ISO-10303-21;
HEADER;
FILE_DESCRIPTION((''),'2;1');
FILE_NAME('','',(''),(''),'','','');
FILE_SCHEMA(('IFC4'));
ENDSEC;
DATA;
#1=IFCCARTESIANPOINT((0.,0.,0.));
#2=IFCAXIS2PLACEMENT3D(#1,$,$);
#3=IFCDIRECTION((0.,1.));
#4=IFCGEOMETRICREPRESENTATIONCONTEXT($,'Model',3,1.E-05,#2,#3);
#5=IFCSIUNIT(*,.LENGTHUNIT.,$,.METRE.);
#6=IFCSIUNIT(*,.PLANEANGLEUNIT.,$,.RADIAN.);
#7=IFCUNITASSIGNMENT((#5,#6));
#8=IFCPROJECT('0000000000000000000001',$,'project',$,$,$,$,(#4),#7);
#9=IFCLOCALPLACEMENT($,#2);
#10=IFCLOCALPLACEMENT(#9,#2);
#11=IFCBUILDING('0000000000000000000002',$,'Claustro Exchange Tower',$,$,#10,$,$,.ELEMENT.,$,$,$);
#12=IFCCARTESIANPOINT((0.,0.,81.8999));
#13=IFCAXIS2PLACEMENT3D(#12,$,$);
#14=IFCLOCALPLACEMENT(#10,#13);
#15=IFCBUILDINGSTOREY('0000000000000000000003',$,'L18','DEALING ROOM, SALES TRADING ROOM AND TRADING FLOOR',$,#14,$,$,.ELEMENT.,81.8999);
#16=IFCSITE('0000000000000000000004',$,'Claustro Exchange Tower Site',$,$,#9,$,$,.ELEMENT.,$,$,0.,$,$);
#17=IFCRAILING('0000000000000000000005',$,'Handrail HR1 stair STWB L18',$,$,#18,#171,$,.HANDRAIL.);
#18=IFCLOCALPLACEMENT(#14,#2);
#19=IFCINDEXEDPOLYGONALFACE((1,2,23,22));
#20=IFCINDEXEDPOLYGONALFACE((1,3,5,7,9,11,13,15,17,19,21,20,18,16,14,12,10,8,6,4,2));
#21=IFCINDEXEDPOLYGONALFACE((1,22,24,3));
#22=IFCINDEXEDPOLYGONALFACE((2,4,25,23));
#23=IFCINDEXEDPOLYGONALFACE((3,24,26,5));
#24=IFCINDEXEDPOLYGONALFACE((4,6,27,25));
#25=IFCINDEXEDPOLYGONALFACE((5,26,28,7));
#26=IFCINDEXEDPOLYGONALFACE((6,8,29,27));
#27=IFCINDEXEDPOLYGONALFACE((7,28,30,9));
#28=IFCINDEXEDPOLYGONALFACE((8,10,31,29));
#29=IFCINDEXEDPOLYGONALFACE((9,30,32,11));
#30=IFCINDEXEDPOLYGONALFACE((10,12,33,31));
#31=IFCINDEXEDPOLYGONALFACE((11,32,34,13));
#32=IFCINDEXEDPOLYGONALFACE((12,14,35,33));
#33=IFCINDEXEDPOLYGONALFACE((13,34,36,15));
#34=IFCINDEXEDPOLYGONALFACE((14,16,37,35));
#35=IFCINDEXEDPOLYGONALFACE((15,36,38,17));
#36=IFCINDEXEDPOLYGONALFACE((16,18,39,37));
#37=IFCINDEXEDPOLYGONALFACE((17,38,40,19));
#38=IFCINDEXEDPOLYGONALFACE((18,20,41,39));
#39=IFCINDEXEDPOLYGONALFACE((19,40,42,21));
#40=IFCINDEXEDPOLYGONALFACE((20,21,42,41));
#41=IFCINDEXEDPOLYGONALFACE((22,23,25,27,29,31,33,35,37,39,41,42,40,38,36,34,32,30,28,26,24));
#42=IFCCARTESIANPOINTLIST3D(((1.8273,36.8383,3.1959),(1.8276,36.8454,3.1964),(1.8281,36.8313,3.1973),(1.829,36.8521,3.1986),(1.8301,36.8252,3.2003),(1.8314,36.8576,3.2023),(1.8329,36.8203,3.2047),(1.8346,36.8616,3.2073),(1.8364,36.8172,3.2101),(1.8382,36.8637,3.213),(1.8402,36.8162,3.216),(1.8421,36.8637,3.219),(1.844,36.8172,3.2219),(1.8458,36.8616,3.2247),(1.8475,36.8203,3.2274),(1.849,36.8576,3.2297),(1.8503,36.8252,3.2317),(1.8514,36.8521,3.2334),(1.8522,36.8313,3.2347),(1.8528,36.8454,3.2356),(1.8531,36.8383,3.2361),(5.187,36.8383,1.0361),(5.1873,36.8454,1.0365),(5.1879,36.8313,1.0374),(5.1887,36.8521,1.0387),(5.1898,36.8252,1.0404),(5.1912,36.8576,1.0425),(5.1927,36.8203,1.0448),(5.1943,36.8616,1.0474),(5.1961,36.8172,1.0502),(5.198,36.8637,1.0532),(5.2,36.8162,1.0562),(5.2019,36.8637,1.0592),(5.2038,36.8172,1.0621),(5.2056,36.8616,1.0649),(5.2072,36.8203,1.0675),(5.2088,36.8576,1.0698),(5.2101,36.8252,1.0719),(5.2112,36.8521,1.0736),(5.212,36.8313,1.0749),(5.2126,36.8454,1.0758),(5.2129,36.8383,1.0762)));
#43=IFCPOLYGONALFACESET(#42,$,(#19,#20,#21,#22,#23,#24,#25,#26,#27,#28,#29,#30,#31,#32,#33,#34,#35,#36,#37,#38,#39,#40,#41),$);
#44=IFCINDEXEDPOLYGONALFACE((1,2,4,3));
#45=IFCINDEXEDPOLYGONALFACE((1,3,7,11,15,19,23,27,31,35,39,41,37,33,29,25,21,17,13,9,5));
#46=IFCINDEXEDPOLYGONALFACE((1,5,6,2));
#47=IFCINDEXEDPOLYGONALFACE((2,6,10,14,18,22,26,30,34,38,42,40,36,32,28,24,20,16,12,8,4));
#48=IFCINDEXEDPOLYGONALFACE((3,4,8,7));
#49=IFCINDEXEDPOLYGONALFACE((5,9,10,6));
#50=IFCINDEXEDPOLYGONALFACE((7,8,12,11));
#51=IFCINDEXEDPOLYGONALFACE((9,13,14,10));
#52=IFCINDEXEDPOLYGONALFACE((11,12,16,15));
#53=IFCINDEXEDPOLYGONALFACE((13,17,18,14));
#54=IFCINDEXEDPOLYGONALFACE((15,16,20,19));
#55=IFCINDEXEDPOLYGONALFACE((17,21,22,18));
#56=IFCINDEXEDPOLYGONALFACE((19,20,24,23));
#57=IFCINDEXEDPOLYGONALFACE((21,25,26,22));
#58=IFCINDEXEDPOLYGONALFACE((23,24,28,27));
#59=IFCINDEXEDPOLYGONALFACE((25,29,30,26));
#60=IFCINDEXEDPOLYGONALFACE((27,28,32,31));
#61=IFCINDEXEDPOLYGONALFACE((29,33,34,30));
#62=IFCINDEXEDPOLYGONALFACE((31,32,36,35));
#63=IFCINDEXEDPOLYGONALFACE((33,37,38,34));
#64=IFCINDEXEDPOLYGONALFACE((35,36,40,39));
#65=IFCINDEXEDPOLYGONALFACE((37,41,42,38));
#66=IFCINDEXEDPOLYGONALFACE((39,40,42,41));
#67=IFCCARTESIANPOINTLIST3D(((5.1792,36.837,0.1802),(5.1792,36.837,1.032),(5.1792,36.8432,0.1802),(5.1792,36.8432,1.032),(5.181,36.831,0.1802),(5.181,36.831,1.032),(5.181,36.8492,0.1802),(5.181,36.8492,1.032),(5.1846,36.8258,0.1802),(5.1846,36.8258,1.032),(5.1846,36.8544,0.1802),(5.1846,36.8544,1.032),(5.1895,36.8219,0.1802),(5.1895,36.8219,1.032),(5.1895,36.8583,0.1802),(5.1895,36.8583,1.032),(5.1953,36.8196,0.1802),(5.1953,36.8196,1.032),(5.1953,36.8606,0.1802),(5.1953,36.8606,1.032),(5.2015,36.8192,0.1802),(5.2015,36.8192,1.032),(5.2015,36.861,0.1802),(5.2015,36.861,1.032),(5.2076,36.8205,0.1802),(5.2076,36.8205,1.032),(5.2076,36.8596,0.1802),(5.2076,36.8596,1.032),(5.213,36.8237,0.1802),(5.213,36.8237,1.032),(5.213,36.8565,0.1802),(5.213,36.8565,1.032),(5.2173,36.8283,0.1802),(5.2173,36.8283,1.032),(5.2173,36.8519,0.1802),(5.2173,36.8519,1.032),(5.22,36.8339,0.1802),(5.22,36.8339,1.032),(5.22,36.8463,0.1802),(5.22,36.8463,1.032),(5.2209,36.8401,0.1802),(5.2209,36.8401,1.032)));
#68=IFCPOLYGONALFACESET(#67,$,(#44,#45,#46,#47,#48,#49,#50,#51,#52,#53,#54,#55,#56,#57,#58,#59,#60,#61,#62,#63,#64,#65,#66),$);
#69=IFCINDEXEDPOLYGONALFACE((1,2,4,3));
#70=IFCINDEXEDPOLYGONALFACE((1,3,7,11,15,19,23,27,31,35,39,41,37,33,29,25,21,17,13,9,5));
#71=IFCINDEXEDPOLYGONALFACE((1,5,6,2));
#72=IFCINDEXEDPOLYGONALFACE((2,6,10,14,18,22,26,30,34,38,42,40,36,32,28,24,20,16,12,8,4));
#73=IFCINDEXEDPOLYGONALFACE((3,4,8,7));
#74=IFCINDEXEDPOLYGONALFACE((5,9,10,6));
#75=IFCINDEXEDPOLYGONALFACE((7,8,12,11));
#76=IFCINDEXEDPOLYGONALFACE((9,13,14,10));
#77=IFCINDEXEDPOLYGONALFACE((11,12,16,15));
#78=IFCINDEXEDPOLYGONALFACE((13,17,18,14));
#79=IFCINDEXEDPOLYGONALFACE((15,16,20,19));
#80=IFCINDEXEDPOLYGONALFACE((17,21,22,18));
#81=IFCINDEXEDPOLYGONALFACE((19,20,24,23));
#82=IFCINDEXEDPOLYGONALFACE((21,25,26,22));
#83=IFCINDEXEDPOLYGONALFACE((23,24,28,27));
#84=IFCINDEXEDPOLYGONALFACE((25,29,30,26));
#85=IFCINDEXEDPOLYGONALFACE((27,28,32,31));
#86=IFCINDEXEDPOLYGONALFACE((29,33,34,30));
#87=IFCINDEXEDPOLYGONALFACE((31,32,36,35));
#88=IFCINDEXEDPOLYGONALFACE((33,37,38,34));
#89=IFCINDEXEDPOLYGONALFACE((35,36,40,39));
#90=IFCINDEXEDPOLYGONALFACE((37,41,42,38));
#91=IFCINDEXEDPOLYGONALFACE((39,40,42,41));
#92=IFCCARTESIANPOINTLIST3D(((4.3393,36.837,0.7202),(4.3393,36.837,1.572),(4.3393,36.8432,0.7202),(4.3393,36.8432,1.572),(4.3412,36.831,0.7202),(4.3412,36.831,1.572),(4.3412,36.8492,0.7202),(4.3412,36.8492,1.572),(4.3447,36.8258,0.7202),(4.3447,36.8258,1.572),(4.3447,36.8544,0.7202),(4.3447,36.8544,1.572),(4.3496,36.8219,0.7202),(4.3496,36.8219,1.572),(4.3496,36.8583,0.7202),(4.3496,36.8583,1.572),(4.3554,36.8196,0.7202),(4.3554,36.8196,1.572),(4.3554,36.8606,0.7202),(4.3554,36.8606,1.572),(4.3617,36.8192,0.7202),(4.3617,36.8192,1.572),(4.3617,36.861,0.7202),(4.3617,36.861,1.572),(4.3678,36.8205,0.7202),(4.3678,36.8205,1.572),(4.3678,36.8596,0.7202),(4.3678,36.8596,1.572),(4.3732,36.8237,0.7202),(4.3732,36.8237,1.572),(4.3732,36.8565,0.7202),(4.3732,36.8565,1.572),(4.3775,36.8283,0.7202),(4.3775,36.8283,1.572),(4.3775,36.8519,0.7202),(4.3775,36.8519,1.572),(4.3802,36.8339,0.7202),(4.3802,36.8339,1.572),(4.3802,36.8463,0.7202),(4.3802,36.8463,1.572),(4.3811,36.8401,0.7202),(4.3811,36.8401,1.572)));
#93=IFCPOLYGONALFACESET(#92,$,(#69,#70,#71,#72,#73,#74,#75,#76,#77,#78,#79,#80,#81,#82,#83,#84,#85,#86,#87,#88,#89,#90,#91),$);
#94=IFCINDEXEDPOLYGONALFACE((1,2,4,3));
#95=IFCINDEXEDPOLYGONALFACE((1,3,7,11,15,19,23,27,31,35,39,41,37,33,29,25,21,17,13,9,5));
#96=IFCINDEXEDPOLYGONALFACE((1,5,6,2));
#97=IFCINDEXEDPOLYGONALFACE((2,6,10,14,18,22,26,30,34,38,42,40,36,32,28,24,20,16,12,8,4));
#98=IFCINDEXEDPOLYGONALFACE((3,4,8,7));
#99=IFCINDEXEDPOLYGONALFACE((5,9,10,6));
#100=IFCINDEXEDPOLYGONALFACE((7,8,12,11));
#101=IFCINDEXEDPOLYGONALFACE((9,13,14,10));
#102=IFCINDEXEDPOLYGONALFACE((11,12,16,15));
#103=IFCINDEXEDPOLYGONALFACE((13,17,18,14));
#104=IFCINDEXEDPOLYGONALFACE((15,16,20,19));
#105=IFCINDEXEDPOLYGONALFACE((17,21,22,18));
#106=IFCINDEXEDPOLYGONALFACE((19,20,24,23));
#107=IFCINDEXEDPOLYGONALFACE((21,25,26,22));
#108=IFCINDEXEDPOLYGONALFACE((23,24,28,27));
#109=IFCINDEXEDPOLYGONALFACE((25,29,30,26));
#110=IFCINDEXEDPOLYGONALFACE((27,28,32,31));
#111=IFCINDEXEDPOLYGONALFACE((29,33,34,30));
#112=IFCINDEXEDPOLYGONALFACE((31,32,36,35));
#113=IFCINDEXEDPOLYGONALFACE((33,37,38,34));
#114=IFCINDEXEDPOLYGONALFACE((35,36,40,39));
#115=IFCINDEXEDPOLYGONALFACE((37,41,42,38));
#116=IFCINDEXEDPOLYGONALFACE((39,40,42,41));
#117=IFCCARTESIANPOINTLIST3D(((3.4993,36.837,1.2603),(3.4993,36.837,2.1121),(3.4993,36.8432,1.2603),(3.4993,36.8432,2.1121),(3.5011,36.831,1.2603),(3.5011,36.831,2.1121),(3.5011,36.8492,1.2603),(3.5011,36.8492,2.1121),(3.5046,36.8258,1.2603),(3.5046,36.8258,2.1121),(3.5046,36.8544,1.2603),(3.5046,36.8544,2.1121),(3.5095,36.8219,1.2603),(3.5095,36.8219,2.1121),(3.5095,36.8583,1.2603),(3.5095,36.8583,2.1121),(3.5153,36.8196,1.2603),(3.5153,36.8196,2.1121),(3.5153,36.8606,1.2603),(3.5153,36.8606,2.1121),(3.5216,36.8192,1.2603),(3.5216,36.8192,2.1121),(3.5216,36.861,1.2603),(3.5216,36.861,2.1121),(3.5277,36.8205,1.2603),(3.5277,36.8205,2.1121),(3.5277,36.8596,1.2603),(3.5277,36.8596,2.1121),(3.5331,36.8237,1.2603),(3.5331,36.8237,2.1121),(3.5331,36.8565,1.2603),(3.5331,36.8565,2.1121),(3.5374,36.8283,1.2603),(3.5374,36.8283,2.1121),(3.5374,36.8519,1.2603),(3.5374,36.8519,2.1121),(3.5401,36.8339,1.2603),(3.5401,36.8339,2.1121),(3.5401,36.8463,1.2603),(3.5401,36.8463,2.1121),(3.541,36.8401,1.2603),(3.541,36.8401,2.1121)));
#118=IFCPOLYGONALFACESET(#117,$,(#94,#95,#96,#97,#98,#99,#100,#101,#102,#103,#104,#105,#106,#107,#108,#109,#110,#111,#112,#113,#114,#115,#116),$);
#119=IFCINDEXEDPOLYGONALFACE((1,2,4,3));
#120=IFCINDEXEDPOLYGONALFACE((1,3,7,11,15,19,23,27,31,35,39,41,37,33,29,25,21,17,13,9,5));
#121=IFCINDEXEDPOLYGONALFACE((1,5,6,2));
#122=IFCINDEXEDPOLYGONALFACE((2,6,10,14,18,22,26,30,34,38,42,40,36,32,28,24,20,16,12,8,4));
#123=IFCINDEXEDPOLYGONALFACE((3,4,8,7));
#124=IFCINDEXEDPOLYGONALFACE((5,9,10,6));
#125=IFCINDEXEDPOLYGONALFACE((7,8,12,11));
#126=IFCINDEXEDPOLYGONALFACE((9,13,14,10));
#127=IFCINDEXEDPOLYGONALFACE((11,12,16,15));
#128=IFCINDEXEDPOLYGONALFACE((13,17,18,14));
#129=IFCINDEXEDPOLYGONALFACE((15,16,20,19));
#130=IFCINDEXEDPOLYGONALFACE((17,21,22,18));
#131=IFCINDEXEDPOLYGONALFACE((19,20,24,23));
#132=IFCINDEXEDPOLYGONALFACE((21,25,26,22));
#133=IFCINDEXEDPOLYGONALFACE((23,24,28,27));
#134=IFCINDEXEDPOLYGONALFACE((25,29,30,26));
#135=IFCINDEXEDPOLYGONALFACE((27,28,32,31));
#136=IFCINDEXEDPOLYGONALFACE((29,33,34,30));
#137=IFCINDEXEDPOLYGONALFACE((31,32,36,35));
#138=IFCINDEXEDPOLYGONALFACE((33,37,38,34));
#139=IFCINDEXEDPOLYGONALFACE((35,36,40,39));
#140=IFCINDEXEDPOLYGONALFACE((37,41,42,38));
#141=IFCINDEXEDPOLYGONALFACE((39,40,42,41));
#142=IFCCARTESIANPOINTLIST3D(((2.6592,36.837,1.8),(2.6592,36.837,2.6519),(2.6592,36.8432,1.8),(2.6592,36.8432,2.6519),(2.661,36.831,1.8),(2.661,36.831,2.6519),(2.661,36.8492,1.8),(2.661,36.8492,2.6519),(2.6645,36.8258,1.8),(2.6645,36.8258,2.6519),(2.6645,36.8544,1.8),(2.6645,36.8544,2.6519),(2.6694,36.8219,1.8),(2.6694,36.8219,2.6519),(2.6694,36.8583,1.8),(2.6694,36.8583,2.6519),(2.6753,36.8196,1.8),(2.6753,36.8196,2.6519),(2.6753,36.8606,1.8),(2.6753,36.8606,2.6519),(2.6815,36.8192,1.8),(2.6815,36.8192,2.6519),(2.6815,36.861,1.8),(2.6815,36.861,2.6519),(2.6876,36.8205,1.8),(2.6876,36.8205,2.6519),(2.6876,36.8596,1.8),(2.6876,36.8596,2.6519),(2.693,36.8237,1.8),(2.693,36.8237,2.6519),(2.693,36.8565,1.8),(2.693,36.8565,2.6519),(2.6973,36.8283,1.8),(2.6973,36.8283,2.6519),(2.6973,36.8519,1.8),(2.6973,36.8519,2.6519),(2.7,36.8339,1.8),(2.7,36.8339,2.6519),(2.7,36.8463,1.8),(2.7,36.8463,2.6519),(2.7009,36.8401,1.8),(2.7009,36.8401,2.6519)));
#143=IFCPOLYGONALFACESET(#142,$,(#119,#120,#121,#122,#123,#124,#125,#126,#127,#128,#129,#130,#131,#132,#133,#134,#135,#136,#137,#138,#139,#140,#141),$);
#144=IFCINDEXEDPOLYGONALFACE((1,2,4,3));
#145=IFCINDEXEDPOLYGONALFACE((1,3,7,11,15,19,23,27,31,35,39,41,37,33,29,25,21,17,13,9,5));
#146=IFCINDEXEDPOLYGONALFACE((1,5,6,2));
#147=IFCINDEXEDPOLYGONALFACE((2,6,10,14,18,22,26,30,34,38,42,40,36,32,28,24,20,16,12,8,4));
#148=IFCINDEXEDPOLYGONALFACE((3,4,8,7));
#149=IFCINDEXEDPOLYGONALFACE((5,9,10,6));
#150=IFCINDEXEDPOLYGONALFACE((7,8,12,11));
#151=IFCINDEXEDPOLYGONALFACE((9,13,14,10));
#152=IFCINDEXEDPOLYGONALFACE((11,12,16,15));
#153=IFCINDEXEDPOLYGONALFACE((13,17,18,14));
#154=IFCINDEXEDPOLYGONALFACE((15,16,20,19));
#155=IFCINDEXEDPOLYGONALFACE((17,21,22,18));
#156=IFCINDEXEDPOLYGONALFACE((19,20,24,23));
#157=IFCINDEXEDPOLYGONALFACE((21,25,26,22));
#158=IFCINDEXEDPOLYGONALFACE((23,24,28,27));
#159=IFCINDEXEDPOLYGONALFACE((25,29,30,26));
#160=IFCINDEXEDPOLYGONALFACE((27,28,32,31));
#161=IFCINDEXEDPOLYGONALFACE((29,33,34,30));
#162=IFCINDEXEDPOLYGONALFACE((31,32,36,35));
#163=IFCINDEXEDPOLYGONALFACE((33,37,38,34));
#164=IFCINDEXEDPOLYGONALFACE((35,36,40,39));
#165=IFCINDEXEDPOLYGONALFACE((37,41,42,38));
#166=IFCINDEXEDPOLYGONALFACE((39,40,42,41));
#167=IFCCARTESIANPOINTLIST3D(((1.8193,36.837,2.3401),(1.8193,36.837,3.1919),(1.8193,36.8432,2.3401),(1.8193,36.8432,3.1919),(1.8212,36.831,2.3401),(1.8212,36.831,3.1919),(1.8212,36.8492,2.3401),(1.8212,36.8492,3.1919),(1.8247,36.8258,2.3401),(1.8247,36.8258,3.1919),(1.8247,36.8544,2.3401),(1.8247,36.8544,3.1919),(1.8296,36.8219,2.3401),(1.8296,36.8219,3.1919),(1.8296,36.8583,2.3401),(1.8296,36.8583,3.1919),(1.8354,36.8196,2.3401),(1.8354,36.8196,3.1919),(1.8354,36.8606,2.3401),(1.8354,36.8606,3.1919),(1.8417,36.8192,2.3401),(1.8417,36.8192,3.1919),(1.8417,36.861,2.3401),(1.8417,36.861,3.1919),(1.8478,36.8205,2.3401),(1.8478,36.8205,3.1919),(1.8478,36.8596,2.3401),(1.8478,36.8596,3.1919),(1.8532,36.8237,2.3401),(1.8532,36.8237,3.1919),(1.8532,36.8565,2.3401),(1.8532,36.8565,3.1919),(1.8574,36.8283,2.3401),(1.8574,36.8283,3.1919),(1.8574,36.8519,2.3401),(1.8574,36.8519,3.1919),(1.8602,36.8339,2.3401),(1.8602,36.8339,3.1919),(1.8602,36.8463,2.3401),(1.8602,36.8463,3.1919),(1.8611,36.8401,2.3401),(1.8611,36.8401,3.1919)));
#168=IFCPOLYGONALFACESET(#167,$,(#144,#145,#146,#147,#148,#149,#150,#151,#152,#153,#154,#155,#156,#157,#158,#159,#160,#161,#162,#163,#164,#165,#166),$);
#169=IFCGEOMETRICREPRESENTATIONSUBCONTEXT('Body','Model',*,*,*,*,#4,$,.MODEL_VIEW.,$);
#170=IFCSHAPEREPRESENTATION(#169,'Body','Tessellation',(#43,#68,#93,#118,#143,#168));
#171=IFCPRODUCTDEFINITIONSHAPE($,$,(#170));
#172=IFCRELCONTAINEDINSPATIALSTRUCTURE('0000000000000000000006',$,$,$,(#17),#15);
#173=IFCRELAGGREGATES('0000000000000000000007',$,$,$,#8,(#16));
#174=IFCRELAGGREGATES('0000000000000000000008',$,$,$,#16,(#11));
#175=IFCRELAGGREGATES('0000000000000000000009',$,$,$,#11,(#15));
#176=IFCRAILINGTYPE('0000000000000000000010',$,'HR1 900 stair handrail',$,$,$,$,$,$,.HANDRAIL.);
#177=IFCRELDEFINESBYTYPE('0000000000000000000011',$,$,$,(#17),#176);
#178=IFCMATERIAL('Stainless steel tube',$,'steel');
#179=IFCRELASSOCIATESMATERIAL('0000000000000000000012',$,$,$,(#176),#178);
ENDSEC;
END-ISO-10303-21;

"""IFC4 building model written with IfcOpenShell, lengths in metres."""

from ifc_helpers import new_model, si_unit, direction, frame, origin, origin_2d, place, context, subcontext, project, spatial, circle, extrude, material, type_object, element, save


model = new_model("IFC4")

# Units and contexts
model_context = context("Model", 3, precision=1e-05, world=origin(), true_north=direction((0.0, 1.0)))
body_context = subcontext(model_context, "Body", "Model", "MODEL_VIEW")
ifc_project = project(units=[si_unit("LENGTHUNIT", "METRE"), si_unit("PLANEANGLEUNIT", "RADIAN")], contexts=[model_context])

# Site, building, storey
site_placement = place(None, origin())
site = spatial("IfcSite", under=ifc_project, at=site_placement, Name="Claustro Exchange Tower Site", CompositionType="ELEMENT", RefElevation=0.0)
building_placement = place(site_placement, origin())
building = spatial("IfcBuilding", under=site, at=building_placement, Name="Claustro Exchange Tower", CompositionType="ELEMENT")
storey_placement = place(building_placement, frame((0.0, 0.0, 81.8999)))
storey = spatial("IfcBuildingStorey", under=building, at=storey_placement, Name="L18", Description="DEALING ROOM, SALES TRADING ROOM AND TRADING FLOOR", CompositionType="ELEMENT", Elevation=81.8999)

# Railing
ifc_material_1 = material(Name="Stainless steel tube", Category="steel")
railing_type_1 = type_object("IfcRailingType", Name="HR1 900 stair handrail", PredefinedType="HANDRAIL", material=ifc_material_1)
railing_1_placement = place(storey_placement, frame((5.2, 36.8401, 0.1802)))
element("IfcRailing", 1, at=railing_1_placement, inside=storey, type_object=railing_type_1, Name="Handrail HR1 stair STWB L18", PredefinedType="HANDRAIL", context=body_context, shape_type="SweptSolid", body=[
    extrude(circle(Radius=0.0239, at=origin_2d()), frame((0.0, 0.0, 0.876), z_axis=(-0.841178, 0.0, 0.540758), x_axis=(0.0, -1.0, 0.0)), (0.0, 0.0, 1.0), 3.9941),
    extrude(circle(Radius=0.021, at=origin_2d()), origin(), (0.0, 0.0, 1.0), 0.8518),
    extrude(circle(Radius=0.021, at=origin_2d()), frame((-0.8398, 0.0, 0.54)), (0.0, 0.0, 1.0), 0.8518),
    extrude(circle(Radius=0.021, at=origin_2d()), frame((-1.6799, 0.0, 1.0801)), (0.0, 0.0, 1.0), 0.8518),
    extrude(circle(Radius=0.021, at=origin_2d()), frame((-2.52, 0.0, 1.6199)), (0.0, 0.0, 1.0), 0.8518),
    extrude(circle(Radius=0.021, at=origin_2d()), frame((-3.3599, 0.0, 2.1599)), (0.0, 0.0, 1.0), 0.8518),
])

save(model, "model.ifc")
